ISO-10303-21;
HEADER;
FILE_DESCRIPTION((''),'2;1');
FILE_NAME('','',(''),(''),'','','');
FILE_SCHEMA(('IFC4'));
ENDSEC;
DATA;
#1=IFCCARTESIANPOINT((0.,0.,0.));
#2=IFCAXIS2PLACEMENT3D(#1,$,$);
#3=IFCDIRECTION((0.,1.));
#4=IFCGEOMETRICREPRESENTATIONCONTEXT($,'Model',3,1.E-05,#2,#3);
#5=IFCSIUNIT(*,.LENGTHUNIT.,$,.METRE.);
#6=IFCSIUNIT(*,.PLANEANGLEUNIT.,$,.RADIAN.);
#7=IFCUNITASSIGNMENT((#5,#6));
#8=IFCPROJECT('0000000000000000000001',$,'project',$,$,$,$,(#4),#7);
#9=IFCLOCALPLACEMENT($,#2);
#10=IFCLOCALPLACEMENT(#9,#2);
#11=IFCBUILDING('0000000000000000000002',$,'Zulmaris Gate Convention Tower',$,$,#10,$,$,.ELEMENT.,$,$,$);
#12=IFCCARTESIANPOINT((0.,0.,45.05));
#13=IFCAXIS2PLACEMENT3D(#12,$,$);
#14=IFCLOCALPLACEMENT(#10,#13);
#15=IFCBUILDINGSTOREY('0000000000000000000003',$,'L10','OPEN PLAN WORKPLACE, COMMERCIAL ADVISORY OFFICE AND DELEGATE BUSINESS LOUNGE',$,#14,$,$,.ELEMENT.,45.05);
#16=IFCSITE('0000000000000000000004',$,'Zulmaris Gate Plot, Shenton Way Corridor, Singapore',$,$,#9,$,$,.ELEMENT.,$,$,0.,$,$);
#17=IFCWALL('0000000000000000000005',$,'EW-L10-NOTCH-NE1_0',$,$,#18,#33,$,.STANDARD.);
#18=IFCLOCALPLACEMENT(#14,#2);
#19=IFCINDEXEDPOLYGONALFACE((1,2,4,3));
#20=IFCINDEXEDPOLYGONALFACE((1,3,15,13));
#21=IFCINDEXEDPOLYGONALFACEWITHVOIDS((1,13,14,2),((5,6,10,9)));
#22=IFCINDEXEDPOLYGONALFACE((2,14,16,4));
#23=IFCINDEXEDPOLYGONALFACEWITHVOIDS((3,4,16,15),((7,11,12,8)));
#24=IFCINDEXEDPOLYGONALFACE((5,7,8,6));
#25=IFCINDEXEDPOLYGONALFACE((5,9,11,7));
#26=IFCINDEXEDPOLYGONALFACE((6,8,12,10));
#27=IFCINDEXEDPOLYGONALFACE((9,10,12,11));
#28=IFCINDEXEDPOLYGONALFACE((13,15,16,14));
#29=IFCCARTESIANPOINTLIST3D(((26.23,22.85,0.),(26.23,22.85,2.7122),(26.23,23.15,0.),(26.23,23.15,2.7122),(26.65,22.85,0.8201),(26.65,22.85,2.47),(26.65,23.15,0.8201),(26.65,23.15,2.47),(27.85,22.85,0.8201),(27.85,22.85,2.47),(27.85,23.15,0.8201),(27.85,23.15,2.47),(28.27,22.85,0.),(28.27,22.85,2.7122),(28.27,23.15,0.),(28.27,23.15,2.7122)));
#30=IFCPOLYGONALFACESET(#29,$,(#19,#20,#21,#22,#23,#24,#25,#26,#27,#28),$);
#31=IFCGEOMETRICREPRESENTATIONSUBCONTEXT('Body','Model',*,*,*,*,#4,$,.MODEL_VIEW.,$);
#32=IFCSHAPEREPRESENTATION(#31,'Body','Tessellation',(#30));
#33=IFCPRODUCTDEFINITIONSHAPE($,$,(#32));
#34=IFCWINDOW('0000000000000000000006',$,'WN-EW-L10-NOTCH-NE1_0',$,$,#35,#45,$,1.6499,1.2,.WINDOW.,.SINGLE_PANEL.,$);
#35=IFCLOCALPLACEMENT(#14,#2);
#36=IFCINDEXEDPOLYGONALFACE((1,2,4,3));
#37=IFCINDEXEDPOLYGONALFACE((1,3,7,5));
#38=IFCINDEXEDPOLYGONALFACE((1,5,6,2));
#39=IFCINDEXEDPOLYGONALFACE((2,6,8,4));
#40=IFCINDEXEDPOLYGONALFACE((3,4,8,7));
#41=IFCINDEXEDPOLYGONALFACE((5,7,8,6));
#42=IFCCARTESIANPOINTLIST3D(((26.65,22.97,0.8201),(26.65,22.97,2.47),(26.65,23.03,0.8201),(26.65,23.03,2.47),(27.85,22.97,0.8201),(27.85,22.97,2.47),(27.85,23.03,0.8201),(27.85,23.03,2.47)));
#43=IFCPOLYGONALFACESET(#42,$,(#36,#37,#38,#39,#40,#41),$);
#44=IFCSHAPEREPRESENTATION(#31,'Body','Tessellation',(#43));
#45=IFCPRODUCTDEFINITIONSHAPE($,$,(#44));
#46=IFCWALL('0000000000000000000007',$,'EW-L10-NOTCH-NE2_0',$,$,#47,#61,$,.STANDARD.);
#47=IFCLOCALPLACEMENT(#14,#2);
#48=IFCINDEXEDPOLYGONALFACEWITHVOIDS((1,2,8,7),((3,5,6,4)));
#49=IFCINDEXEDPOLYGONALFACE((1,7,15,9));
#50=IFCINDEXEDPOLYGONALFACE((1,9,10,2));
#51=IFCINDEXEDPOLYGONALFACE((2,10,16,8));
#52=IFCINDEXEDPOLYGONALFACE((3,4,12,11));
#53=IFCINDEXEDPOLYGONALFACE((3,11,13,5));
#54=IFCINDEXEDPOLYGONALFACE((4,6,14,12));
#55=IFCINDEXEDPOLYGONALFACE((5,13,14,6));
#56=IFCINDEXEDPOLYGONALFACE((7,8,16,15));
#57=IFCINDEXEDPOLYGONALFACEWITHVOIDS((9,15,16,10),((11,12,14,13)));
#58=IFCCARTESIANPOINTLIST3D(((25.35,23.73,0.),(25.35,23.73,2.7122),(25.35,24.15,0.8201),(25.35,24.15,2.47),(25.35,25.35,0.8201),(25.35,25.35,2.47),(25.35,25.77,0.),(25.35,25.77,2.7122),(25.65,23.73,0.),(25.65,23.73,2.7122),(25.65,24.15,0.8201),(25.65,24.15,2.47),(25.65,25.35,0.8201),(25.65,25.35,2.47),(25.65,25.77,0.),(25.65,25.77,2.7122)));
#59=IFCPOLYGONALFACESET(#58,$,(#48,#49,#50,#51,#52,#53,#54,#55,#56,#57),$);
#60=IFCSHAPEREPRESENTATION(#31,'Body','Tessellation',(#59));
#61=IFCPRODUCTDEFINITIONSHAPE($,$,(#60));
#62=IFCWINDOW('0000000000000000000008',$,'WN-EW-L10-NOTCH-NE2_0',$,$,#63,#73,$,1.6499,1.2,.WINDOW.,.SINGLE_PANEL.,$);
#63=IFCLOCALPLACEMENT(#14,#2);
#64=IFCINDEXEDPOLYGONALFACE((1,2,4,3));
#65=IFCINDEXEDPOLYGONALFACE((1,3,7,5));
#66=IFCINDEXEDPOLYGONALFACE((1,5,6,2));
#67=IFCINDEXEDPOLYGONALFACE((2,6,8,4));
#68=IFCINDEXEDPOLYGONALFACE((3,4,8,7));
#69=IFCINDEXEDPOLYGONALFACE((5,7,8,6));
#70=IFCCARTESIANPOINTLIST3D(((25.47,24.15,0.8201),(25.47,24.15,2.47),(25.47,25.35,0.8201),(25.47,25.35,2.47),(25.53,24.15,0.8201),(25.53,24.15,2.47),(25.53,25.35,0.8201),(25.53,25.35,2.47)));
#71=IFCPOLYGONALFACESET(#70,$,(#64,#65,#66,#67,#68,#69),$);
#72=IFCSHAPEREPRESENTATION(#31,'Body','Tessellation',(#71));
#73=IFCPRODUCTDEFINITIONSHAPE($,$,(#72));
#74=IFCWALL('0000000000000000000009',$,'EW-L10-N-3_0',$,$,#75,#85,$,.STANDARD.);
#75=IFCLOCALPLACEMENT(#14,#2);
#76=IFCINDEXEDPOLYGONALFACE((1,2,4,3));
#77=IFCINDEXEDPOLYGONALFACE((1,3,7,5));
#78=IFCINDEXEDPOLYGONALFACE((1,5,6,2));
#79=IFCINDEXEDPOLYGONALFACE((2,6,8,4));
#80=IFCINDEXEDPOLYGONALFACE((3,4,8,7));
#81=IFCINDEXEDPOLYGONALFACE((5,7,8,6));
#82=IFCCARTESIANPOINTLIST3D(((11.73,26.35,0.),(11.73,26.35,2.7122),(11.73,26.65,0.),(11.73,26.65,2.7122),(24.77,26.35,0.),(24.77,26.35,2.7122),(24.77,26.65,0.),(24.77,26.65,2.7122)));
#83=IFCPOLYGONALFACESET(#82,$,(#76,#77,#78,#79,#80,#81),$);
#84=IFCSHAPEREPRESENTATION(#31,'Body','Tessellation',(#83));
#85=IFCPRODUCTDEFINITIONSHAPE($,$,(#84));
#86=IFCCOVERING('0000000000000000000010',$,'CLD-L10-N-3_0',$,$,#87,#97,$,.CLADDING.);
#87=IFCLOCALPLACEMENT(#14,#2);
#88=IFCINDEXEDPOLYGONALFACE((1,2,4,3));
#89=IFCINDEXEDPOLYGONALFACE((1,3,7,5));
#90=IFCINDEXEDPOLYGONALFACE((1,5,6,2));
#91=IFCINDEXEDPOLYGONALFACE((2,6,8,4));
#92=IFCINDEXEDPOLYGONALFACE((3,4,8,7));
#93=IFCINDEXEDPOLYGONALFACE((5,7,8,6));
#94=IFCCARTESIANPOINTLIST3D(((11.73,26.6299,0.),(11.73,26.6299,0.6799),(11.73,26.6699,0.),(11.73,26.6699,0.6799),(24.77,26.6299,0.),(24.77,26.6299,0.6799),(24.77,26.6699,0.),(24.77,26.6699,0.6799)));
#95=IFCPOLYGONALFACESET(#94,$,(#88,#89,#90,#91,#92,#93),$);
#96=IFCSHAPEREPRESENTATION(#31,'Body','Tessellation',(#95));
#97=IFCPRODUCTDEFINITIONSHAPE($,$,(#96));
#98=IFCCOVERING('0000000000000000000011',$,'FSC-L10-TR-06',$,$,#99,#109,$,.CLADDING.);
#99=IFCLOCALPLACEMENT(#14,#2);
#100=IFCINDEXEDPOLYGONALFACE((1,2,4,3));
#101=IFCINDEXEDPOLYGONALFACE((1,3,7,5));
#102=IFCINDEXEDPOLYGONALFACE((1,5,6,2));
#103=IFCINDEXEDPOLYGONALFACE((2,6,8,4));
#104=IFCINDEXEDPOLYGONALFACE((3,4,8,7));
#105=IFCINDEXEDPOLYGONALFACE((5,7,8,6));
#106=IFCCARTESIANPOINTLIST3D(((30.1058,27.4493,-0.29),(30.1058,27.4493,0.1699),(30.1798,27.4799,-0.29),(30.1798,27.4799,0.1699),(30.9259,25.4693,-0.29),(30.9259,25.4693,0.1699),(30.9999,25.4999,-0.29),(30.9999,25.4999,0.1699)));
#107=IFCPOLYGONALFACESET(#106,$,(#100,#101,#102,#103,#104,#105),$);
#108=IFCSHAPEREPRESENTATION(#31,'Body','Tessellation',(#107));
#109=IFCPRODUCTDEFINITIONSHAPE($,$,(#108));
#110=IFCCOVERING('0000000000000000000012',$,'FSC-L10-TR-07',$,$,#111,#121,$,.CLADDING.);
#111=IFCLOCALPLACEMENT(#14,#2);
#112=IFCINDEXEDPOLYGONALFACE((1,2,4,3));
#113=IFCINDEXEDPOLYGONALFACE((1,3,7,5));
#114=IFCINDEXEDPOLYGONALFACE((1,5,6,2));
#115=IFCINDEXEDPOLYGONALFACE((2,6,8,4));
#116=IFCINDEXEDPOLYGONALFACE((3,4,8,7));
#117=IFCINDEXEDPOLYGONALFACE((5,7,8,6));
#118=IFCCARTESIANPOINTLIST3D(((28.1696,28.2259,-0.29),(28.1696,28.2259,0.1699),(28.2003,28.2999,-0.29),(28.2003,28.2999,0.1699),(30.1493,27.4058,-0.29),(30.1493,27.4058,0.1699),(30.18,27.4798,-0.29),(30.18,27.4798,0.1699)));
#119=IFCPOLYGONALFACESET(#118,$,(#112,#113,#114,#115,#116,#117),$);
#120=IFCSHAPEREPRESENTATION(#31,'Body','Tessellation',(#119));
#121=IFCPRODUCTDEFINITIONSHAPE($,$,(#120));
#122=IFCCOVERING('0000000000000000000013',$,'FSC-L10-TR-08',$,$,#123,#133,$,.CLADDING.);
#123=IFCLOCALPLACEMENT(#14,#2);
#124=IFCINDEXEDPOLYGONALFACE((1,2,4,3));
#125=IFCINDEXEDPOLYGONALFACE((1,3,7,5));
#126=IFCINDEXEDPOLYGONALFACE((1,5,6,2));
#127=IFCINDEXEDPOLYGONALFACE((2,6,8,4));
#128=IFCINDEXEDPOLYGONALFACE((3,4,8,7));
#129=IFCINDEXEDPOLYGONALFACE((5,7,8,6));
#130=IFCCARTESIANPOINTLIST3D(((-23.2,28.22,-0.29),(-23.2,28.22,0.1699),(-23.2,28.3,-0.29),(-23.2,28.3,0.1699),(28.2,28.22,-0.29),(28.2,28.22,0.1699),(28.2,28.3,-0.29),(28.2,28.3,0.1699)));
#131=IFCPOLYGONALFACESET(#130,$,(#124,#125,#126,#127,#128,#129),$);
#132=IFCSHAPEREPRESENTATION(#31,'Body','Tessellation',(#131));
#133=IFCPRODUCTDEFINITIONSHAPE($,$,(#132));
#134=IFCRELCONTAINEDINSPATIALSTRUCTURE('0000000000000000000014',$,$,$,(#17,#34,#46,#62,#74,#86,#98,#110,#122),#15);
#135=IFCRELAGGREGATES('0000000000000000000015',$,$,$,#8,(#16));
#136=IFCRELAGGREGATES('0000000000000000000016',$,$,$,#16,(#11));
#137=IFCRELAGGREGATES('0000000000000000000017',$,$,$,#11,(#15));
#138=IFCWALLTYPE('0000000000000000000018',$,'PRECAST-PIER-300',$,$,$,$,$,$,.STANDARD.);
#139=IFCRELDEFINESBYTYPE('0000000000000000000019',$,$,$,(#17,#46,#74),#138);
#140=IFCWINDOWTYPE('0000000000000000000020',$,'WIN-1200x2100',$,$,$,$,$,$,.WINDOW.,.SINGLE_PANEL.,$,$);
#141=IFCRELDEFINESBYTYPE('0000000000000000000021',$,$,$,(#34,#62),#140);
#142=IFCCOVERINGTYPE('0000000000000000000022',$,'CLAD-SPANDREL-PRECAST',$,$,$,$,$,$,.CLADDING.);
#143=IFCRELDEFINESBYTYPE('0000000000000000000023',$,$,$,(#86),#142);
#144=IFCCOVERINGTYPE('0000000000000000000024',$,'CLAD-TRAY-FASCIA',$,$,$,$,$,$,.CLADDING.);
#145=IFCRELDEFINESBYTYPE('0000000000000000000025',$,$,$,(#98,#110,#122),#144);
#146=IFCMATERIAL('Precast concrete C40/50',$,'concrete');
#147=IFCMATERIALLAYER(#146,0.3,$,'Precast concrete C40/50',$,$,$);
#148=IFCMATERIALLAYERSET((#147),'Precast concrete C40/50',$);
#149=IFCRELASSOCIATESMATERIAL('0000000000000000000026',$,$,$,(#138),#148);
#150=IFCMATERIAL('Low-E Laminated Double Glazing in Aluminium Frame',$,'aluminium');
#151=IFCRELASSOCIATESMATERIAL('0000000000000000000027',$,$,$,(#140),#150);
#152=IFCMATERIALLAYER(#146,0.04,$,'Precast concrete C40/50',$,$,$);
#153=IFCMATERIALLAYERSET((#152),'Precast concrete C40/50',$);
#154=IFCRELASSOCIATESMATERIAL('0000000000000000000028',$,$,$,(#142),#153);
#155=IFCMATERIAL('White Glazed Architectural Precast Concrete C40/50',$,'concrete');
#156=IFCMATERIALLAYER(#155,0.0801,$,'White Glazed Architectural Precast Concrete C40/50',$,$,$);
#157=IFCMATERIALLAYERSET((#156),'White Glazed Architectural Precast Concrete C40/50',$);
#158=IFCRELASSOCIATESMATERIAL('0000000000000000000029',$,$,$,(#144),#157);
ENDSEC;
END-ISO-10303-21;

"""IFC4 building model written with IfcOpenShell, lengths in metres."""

from ifc_helpers import new_model, si_unit, direction, frame, frame_2d, origin, place, context, subcontext, project, spatial, rectangle, extrude, material, layer, layer_set, type_object, element, fill, save


model = new_model("IFC4")

# Units and contexts
model_context = context("Model", 3, precision=1e-05, world=origin(), true_north=direction((0.0, 1.0)))
body_context = subcontext(model_context, "Body", "Model", "MODEL_VIEW")
ifc_project = project(units=[si_unit("LENGTHUNIT", "METRE"), si_unit("PLANEANGLEUNIT", "RADIAN")], contexts=[model_context])

# Site, building, storey
site_placement = place(None, origin())
site = spatial("IfcSite", under=ifc_project, at=site_placement, Name="Zulmaris Gate Plot, Shenton Way Corridor, Singapore", CompositionType="ELEMENT", RefElevation=0.0)
building_placement = place(site_placement, origin())
building = spatial("IfcBuilding", under=site, at=building_placement, Name="Zulmaris Gate Convention Tower", CompositionType="ELEMENT")
storey_placement = place(building_placement, frame((0.0, 0.0, 45.05)))
storey = spatial("IfcBuildingStorey", under=building, at=storey_placement, Name="L10", Description="OPEN PLAN WORKPLACE, COMMERCIAL ADVISORY OFFICE AND DELEGATE BUSINESS LOUNGE", CompositionType="ELEMENT", Elevation=45.05)

# Walls, openings, windows
ifc_material_1 = material(Name="Precast concrete C40/50", Category="concrete")
ifc_layer_1 = layer(ifc_material_1, 0.3, Name="Precast concrete C40/50")
ifc_layer_set_1 = layer_set([ifc_layer_1], Name="Precast concrete C40/50")
wall_type_1 = type_object("IfcWallType", Name="PRECAST-PIER-300", PredefinedType="STANDARD", material=ifc_layer_set_1)
wall_1_placement = place(storey_placement, frame((28.27, 23.0, 0.0), z_axis=(0.0, 0.0, 1.0), x_axis=(-1.0, 0.0, 0.0)))
wall_1 = element("IfcWall", 1, at=wall_1_placement, inside=storey, type_object=wall_type_1, Name="EW-L10-NOTCH-NE1_0", PredefinedType="STANDARD", context=body_context, shape_type="SweptSolid", body=[
    extrude(rectangle(XDim=2.04, YDim=0.3, at=frame_2d((1.02, 0.0))), origin(), (0.0, 0.0, 1.0), 2.7122),
])
opening_1_placement = place(wall_1_placement, frame((0.4199, 0.0, 0.8201)))
opening_1 = element("IfcOpeningElement", 2, at=opening_1_placement, cuts=wall_1, PredefinedType="OPENING", context=body_context, shape_type="SweptSolid", body=[
    extrude(rectangle(XDim=1.2, YDim=1.6499, at=frame_2d((0.6001, 0.825))), frame((0.0, 0.1602, 0.0), z_axis=(0.0, -1.0, 0.0), x_axis=(1.0, 0.0, 0.0)), (0.0, 0.0, 1.0), 0.3201),
])
ifc_material_2 = material(Name="Low-E Laminated Double Glazing in Aluminium Frame", Category="aluminium")
window_type = type_object("IfcWindowType", Name="WIN-1200x2100", PartitioningType="SINGLE_PANEL", PredefinedType="WINDOW", material=ifc_material_2)
window_1_placement = place(opening_1_placement, origin())
window_1 = element("IfcWindow", 3, at=window_1_placement, inside=storey, type_object=window_type, Name="WN-EW-L10-NOTCH-NE1_0", OverallHeight=1.6499, OverallWidth=1.2, PartitioningType="SINGLE_PANEL", PredefinedType="WINDOW", context=body_context, shape_type="SweptSolid", body=[
    extrude(rectangle(XDim=1.2, YDim=1.6499, at=frame_2d((0.6001, 0.825))), frame((0.0, 0.03, 0.0), z_axis=(0.0, -1.0, 0.0), x_axis=(1.0, 0.0, 0.0)), (0.0, 0.0, 1.0), 0.0601),
])
fill(opening_1, window_1)
wall_2_placement = place(storey_placement, frame((25.5, 23.73, 0.0), z_axis=(0.0, 0.0, 1.0), x_axis=(0.0, 1.0, 0.0)))
wall_2 = element("IfcWall", 4, at=wall_2_placement, inside=storey, type_object=wall_type_1, Name="EW-L10-NOTCH-NE2_0", PredefinedType="STANDARD", context=body_context, shape_type="SweptSolid", body=[
    extrude(rectangle(XDim=2.04, YDim=0.3, at=frame_2d((1.02, 0.0))), origin(), (0.0, 0.0, 1.0), 2.7122),
])
opening_2_placement = place(wall_2_placement, frame((0.4199, 0.0, 0.8201)))
opening_2 = element("IfcOpeningElement", 5, at=opening_2_placement, cuts=wall_2, PredefinedType="OPENING", context=body_context, shape_type="SweptSolid", body=[
    extrude(rectangle(XDim=1.2, YDim=1.6499, at=frame_2d((0.6001, 0.825))), frame((0.0, 0.1602, 0.0), z_axis=(0.0, -1.0, 0.0), x_axis=(1.0, 0.0, 0.0)), (0.0, 0.0, 1.0), 0.3201),
])
window_2_placement = place(opening_2_placement, origin())
window_2 = element("IfcWindow", 6, at=window_2_placement, inside=storey, type_object=window_type, Name="WN-EW-L10-NOTCH-NE2_0", OverallHeight=1.6499, OverallWidth=1.2, PartitioningType="SINGLE_PANEL", PredefinedType="WINDOW", context=body_context, shape_type="SweptSolid", body=[
    extrude(rectangle(XDim=1.2, YDim=1.6499, at=frame_2d((0.6001, 0.825))), frame((0.0, 0.03, 0.0), z_axis=(0.0, -1.0, 0.0), x_axis=(1.0, 0.0, 0.0)), (0.0, 0.0, 1.0), 0.0601),
])
fill(opening_2, window_2)

# Wall
wall_3_placement = place(storey_placement, frame((24.77, 26.5, 0.0), z_axis=(0.0, 0.0, 1.0), x_axis=(-1.0, 0.0, 0.0)))
element("IfcWall", 7, at=wall_3_placement, inside=storey, type_object=wall_type_1, Name="EW-L10-N-3_0", PredefinedType="STANDARD", context=body_context, shape_type="SweptSolid", body=[
    extrude(rectangle(XDim=13.04, YDim=0.3, at=frame_2d((6.52, 0.0))), origin(), (0.0, 0.0, 1.0), 2.7122),
])

# Coverings
ifc_layer_2 = layer(ifc_material_1, 0.04, Name="Precast concrete C40/50")
ifc_layer_set_2 = layer_set([ifc_layer_2], Name="Precast concrete C40/50")
covering_type_1 = type_object("IfcCoveringType", Name="CLAD-SPANDREL-PRECAST", PredefinedType="CLADDING", material=ifc_layer_set_2)
covering_1_placement = place(storey_placement, frame((24.77, 26.6499, 0.0), z_axis=(0.0, 0.0, 1.0), x_axis=(-1.0, 0.0, 0.0)))
element("IfcCovering", 8, at=covering_1_placement, inside=storey, type_object=covering_type_1, Name="CLD-L10-N-3_0", PredefinedType="CLADDING", context=body_context, shape_type="SweptSolid", body=[
    extrude(rectangle(XDim=13.04, YDim=0.04, at=frame_2d((6.52, 0.0))), origin(), (0.0, 0.0, 1.0), 0.6799),
])
ifc_material_3 = material(Name="White Glazed Architectural Precast Concrete C40/50", Category="concrete")
ifc_layer_3 = layer(ifc_material_3, 0.0801, Name="White Glazed Architectural Precast Concrete C40/50")
ifc_layer_set_3 = layer_set([ifc_layer_3], Name="White Glazed Architectural Precast Concrete C40/50")
covering_type_2 = type_object("IfcCoveringType", Name="CLAD-TRAY-FASCIA", PredefinedType="CLADDING", material=ifc_layer_set_3)
covering_2_placement = place(storey_placement, frame((30.9629, 25.4846, -0.29), z_axis=(0.0, 0.0, 1.0), x_axis=(-0.382657, 0.92389, 0.0)))
element("IfcCovering", 9, at=covering_2_placement, inside=storey, type_object=covering_type_2, Name="FSC-L10-TR-06", PredefinedType="CLADDING", context=body_context, shape_type="SweptSolid", body=[
    extrude(rectangle(XDim=2.1431, YDim=0.0801, at=frame_2d((1.0715, 0.0))), origin(), (0.0, 0.0, 1.0), 0.46),
])
covering_3_placement = place(storey_placement, frame((30.1646, 27.4429, -0.29), z_axis=(0.0, 0.0, 1.0), x_axis=(-0.923874, 0.382697, 0.0)))
element("IfcCovering", 10, at=covering_3_placement, inside=storey, type_object=covering_type_2, Name="FSC-L10-TR-07", PredefinedType="CLADDING", context=body_context, shape_type="SweptSolid", body=[
    extrude(rectangle(XDim=2.1428, YDim=0.0801, at=frame_2d((1.0713, 0.0))), origin(), (0.0, 0.0, 1.0), 0.46),
])
covering_4_placement = place(storey_placement, frame((28.2, 28.26, -0.29), z_axis=(0.0, 0.0, 1.0), x_axis=(-1.0, 0.0, 0.0)))
element("IfcCovering", 11, at=covering_4_placement, inside=storey, type_object=covering_type_2, Name="FSC-L10-TR-08", PredefinedType="CLADDING", context=body_context, shape_type="SweptSolid", body=[
    extrude(rectangle(XDim=51.3999, YDim=0.0801, at=frame_2d((25.7, 0.0))), origin(), (0.0, 0.0, 1.0), 0.46),
])

save(model, "model.ifc")
